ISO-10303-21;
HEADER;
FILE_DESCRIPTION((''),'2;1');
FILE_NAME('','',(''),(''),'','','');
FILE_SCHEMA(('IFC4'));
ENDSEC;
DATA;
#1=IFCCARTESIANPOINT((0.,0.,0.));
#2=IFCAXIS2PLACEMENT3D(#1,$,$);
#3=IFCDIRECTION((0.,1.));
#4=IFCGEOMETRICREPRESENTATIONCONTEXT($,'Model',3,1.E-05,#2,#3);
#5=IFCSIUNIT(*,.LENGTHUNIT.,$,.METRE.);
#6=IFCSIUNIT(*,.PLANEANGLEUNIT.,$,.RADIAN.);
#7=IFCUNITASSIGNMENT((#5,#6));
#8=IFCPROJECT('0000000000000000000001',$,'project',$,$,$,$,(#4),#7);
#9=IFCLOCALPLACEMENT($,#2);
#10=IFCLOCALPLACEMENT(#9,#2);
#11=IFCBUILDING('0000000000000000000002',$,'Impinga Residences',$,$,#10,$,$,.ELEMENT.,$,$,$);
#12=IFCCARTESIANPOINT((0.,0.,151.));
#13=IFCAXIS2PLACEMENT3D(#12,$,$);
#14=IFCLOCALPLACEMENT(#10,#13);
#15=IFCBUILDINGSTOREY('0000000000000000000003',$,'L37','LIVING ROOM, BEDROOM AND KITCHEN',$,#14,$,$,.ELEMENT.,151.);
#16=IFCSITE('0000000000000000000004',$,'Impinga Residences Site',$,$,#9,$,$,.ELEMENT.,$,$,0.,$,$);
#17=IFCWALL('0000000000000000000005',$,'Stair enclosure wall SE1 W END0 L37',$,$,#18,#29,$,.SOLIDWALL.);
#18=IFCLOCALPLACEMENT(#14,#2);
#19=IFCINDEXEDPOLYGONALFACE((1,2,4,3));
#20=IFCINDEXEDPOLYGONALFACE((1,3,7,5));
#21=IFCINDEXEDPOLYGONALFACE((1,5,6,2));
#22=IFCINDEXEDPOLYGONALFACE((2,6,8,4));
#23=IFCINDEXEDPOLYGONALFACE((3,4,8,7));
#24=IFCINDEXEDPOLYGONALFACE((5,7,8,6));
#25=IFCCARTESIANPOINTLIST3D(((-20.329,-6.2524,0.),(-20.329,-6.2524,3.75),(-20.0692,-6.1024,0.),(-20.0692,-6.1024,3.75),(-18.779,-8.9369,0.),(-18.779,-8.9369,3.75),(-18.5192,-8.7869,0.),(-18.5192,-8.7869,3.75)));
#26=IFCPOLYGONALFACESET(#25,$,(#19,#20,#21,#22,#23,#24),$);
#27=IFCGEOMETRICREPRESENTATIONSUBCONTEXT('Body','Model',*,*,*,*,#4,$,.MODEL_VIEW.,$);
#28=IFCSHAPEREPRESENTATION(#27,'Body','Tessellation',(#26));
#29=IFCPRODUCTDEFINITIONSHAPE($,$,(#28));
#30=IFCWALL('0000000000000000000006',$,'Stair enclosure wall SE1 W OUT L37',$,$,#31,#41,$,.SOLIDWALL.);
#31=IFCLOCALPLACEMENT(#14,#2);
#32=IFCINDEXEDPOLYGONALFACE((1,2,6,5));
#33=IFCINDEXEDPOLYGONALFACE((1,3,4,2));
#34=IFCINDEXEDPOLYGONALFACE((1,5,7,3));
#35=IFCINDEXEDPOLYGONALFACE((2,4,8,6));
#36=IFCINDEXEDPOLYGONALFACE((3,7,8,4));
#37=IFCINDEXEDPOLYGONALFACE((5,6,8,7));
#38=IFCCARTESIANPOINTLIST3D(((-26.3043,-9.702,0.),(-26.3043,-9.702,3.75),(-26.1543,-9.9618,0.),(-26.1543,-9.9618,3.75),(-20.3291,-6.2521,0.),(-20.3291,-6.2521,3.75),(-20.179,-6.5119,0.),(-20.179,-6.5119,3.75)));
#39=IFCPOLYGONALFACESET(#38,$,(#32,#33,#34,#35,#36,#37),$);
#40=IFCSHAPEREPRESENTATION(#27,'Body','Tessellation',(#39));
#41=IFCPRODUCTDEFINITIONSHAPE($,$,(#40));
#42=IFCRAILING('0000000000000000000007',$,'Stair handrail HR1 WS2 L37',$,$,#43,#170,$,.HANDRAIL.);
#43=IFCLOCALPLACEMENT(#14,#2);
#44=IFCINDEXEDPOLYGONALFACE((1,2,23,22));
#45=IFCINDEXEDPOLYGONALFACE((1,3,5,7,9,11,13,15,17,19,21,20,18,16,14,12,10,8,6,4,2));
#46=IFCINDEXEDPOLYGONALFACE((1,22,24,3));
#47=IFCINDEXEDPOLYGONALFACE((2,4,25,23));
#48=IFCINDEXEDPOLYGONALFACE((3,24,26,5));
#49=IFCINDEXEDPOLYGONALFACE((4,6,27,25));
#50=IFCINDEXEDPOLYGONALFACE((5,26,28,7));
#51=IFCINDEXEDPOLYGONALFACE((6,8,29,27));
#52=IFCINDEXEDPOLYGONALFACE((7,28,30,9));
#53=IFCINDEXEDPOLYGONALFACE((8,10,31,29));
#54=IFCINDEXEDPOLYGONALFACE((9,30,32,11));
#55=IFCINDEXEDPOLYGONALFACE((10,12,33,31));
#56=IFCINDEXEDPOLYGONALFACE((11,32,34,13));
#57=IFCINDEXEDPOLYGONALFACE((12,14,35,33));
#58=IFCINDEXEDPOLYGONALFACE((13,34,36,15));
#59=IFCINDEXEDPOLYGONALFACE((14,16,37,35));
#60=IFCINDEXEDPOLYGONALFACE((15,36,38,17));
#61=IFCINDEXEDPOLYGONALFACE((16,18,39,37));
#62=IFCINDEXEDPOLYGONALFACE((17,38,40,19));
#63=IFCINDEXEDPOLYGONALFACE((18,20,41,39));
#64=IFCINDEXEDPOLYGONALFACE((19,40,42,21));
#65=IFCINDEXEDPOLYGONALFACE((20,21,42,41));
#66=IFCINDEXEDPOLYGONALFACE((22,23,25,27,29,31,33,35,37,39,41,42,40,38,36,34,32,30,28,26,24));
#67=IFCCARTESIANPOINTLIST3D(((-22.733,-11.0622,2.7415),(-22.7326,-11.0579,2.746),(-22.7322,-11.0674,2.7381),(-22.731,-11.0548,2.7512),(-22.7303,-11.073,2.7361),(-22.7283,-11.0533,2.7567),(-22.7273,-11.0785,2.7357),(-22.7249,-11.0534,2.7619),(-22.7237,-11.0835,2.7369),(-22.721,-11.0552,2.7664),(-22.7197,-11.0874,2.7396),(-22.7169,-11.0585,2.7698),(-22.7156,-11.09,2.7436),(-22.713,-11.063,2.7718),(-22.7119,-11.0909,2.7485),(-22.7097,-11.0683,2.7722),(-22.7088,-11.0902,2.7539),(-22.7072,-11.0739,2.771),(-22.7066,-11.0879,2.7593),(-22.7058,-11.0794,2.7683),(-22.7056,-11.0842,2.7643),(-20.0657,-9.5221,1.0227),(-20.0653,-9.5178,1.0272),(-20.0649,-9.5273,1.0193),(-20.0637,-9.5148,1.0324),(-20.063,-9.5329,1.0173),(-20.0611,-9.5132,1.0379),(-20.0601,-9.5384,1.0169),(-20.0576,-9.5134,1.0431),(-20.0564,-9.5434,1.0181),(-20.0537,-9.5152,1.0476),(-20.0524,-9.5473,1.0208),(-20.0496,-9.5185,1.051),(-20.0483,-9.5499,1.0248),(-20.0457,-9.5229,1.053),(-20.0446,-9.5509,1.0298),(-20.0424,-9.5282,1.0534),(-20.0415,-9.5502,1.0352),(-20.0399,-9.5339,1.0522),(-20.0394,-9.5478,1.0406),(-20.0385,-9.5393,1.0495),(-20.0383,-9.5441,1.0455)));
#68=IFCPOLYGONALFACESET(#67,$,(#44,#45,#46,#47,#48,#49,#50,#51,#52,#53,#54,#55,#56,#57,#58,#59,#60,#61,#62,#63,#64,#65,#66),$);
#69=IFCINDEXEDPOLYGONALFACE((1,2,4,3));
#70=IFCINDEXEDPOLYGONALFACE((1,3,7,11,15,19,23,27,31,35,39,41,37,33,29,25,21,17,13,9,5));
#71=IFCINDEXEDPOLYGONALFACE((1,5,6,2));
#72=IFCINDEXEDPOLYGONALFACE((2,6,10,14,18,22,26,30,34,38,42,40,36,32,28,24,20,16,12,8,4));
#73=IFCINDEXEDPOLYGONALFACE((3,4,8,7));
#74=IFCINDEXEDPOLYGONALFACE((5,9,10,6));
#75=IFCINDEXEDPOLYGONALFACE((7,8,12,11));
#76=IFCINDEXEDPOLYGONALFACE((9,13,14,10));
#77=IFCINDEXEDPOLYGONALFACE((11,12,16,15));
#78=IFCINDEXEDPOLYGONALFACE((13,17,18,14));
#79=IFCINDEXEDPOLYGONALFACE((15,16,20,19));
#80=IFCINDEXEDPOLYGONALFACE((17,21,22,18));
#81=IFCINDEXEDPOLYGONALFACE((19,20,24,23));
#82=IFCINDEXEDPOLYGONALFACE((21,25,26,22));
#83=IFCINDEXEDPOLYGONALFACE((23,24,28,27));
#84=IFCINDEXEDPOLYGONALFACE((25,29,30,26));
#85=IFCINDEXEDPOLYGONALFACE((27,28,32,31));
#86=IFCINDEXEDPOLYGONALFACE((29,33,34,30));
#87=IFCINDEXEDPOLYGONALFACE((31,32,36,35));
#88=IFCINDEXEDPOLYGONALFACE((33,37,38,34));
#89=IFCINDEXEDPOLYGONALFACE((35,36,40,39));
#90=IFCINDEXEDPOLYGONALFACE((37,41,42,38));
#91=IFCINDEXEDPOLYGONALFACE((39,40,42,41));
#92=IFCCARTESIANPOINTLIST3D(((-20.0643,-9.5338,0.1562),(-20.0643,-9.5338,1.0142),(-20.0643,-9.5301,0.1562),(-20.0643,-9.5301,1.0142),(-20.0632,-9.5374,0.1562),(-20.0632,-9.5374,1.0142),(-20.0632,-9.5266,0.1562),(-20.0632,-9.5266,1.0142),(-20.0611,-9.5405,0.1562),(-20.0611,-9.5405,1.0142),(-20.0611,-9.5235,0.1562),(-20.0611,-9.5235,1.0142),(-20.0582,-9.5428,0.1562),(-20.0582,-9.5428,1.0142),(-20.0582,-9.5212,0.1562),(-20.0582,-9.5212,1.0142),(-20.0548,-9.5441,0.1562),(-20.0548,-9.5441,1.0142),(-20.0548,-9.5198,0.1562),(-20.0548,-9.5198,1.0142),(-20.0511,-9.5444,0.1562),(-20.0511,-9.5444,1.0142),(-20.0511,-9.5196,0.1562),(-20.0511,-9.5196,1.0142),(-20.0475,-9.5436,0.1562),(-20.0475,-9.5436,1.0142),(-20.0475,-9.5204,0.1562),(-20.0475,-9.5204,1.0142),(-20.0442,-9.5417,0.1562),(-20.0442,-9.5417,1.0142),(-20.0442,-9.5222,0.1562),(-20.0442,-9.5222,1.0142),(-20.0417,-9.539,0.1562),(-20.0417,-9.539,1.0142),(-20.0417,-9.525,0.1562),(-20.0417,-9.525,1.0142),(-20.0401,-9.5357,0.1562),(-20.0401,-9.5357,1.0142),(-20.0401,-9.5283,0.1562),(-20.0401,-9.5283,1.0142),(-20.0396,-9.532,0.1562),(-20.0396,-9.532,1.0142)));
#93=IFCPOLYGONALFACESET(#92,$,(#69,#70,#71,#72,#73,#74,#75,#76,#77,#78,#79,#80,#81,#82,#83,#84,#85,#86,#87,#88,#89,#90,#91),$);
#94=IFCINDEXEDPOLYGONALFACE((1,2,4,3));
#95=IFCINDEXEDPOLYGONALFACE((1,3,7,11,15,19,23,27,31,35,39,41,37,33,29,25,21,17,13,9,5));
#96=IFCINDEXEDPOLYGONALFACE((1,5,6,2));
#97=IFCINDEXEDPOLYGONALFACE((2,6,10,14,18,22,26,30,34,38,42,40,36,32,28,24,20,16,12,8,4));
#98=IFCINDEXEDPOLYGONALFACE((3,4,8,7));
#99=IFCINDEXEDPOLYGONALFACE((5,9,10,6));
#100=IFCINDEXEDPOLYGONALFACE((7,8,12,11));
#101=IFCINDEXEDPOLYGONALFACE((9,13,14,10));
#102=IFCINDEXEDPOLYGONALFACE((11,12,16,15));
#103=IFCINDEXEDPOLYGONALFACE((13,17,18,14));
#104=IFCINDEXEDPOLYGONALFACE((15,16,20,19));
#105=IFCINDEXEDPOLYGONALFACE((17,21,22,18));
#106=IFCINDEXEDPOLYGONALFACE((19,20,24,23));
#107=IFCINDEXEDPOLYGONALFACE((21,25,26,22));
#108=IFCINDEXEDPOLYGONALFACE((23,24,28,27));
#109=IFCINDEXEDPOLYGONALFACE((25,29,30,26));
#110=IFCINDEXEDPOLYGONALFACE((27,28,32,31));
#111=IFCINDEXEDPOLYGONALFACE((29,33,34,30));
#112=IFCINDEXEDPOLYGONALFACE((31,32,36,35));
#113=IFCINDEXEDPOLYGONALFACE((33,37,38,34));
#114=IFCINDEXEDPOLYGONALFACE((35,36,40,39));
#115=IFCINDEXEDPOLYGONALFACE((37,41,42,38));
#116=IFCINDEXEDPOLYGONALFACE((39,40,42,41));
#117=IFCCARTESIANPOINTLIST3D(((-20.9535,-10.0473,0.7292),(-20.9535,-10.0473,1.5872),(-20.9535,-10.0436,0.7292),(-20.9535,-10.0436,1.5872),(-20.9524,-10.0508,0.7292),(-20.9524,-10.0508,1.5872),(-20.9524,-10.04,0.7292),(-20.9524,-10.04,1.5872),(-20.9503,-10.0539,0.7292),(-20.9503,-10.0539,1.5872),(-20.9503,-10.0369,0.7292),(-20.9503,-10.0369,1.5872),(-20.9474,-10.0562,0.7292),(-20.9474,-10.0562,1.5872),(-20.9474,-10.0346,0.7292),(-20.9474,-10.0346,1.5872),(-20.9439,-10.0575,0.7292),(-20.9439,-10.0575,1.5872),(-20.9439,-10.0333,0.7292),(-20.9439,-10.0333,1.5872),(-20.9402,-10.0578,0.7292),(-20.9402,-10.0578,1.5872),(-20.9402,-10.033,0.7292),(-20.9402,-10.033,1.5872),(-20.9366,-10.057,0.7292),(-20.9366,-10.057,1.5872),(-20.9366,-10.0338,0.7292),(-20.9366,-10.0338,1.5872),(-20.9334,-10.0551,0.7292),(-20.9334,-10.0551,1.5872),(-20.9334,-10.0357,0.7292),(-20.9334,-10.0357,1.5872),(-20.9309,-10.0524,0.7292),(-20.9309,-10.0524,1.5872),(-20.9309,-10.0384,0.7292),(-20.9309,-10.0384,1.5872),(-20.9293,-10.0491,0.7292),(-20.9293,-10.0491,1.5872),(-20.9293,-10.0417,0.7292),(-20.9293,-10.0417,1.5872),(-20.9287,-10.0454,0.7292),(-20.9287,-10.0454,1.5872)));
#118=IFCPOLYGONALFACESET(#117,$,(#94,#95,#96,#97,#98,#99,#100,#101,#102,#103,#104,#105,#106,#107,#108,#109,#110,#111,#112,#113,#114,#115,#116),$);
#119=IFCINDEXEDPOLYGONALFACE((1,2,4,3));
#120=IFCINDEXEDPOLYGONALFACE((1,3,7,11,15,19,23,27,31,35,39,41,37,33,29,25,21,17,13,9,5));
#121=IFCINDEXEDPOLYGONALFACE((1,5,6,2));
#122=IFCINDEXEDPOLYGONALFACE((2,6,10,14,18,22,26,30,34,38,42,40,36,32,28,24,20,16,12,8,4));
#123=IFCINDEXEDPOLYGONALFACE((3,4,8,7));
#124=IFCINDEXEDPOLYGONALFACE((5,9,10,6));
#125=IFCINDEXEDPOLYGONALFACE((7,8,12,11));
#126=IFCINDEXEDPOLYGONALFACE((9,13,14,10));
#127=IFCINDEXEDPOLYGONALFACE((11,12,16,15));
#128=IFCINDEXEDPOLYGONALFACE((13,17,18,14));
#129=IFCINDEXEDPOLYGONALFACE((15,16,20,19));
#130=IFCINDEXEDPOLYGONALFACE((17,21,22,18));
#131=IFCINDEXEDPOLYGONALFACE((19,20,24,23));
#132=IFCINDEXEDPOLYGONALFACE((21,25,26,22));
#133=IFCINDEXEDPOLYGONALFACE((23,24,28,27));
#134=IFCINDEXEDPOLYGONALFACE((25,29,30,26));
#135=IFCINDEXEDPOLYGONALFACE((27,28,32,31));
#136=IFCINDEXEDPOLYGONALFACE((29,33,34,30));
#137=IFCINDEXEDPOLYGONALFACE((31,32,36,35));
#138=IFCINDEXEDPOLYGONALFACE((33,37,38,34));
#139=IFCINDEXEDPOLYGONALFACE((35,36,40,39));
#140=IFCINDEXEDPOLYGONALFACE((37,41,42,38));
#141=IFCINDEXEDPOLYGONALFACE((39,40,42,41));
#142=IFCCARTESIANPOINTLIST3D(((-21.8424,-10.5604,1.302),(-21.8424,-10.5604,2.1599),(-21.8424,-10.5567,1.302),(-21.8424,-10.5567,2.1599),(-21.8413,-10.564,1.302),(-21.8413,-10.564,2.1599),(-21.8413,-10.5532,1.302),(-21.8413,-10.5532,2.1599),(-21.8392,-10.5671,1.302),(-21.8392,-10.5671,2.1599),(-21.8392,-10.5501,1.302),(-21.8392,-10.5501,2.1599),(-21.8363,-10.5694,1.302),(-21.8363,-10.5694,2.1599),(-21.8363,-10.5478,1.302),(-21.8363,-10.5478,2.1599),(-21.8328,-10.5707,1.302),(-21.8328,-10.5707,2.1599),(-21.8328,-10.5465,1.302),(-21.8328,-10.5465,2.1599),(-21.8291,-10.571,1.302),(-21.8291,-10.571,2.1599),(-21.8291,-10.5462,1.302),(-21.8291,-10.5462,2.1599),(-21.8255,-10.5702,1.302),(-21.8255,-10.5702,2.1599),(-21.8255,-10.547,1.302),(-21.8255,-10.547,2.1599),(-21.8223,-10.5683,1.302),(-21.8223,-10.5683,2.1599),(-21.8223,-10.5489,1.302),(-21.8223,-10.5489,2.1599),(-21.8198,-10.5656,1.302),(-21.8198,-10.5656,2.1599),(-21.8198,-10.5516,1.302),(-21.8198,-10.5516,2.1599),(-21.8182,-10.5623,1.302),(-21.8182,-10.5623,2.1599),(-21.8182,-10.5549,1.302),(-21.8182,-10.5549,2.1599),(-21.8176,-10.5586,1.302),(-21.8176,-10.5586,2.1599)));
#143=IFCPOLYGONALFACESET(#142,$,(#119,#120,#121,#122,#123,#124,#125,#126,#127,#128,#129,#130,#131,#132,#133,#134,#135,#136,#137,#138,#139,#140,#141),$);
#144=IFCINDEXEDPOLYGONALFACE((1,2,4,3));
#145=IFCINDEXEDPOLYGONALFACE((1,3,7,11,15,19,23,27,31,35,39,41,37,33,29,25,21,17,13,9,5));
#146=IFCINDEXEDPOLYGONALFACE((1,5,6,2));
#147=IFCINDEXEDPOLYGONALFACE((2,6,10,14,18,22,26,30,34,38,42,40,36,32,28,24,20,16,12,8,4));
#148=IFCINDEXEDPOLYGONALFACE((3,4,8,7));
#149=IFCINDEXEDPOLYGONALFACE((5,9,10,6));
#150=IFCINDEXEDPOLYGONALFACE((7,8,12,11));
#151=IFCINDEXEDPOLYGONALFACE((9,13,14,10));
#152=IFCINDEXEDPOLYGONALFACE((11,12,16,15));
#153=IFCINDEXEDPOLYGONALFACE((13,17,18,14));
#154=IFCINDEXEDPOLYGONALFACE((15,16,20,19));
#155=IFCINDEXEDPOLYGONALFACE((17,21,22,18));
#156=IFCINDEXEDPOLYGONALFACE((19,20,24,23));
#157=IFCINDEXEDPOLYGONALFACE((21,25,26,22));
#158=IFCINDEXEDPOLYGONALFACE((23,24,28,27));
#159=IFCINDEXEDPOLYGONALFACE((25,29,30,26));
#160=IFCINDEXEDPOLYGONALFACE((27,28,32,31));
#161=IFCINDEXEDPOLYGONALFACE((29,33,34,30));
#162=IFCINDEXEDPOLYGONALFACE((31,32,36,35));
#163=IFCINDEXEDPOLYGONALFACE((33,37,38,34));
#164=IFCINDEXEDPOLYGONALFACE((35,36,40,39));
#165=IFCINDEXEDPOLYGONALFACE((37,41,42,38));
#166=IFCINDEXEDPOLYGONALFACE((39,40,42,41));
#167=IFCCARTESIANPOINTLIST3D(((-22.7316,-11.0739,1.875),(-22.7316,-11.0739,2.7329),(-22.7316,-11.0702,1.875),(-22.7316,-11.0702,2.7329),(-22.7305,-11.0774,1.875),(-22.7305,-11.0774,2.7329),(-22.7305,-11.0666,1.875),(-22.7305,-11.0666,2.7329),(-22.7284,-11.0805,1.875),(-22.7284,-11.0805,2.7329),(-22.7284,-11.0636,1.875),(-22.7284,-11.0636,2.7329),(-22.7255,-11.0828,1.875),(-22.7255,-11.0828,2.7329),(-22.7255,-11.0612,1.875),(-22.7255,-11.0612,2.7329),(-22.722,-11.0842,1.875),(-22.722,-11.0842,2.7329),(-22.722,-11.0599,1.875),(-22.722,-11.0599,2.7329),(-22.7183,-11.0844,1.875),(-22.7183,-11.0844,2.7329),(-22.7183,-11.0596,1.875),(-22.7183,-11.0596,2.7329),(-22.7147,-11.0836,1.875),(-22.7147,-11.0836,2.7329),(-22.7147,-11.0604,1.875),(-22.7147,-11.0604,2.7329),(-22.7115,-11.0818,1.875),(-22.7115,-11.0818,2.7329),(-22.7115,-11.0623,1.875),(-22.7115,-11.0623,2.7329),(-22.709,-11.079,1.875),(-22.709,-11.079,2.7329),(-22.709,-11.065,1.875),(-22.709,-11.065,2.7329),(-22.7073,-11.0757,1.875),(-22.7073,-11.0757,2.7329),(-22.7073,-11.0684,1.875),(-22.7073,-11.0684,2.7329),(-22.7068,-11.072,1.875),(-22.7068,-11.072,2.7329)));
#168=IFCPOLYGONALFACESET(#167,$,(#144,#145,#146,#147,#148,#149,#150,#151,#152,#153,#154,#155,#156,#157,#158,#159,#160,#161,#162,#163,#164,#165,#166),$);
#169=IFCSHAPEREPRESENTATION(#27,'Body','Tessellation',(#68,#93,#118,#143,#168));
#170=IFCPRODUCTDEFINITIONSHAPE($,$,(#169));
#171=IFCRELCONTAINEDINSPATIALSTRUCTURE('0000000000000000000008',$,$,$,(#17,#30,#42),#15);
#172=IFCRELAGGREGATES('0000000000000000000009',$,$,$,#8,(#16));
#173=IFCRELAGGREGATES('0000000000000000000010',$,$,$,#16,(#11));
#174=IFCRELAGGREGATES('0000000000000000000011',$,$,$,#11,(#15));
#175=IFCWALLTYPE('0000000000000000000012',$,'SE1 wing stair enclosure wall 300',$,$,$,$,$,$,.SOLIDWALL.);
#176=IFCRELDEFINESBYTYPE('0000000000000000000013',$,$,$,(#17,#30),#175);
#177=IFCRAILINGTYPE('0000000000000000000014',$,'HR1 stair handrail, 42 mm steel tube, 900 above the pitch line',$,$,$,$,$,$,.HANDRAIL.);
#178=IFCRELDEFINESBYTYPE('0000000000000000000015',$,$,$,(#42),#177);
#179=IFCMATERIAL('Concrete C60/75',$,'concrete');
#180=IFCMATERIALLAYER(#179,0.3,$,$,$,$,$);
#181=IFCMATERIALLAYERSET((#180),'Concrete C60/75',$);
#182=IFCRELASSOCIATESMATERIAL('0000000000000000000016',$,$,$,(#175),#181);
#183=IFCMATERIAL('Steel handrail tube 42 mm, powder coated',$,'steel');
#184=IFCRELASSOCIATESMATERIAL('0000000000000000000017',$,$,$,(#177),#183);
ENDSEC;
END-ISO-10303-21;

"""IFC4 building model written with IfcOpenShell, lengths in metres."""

from ifc_helpers import new_model, si_unit, direction, frame, frame_2d, origin, origin_2d, place, context, subcontext, project, spatial, rectangle, circle, extrude, material, layer, layer_set, type_object, element, save


model = new_model("IFC4")

# Units and contexts
model_context = context("Model", 3, precision=1e-05, world=origin(), true_north=direction((0.0, 1.0)))
body_context = subcontext(model_context, "Body", "Model", "MODEL_VIEW")
ifc_project = project(units=[si_unit("LENGTHUNIT", "METRE"), si_unit("PLANEANGLEUNIT", "RADIAN")], contexts=[model_context])

# Site, building, storey
site_placement = place(None, origin())
site = spatial("IfcSite", under=ifc_project, at=site_placement, Name="Impinga Residences Site", CompositionType="ELEMENT", RefElevation=0.0)
building_placement = place(site_placement, origin())
building = spatial("IfcBuilding", under=site, at=building_placement, Name="Impinga Residences", CompositionType="ELEMENT")
storey_placement = place(building_placement, frame((0.0, 0.0, 151.0)))
storey = spatial("IfcBuildingStorey", under=building, at=storey_placement, Name="L37", Description="LIVING ROOM, BEDROOM AND KITCHEN", CompositionType="ELEMENT", Elevation=151.0)

# Shared definitions
ifc_material_1 = material(Name="Concrete C60/75", Category="concrete")

# Walls
ifc_layer_1 = layer(ifc_material_1, 0.3)
ifc_layer_set_1 = layer_set([ifc_layer_1], Name="Concrete C60/75")
wall_type_1 = type_object("IfcWallType", Name="SE1 wing stair enclosure wall 300", PredefinedType="SOLIDWALL", material=ifc_layer_set_1)
wall_1_placement = place(storey_placement, frame((-18.6492, -8.8618, 0.0), z_axis=(0.0, 0.0, 1.0), x_axis=(-0.500027, 0.86601, 0.0)))
element("IfcWall", 1, at=wall_1_placement, inside=storey, type_object=wall_type_1, Name="Stair enclosure wall SE1 W END0 L37", PredefinedType="SOLIDWALL", context=body_context, shape_type="SweptSolid", body=[
    extrude(rectangle(XDim=3.0999, YDim=0.3, at=frame_2d((1.5498, 0.0))), origin(), (0.0, 0.0, 1.0), 3.75),
])
wall_2_placement = place(storey_placement, frame((-20.2542, -6.3821, 0.0), z_axis=(0.0, 0.0, 1.0), x_axis=(-0.86602, -0.500009, 0.0)))
element("IfcWall", 2, at=wall_2_placement, inside=storey, type_object=wall_type_1, Name="Stair enclosure wall SE1 W OUT L37", PredefinedType="SOLIDWALL", context=body_context, shape_type="SweptSolid", body=[
    extrude(rectangle(XDim=6.8997, YDim=0.3, at=frame_2d((3.4497, 0.0))), origin(), (0.0, 0.0, 1.0), 3.75),
])

# Railing
ifc_material_2 = material(Name="Steel handrail tube 42 mm, powder coated", Category="steel")
railing_type = type_object("IfcRailingType", Name="HR1 stair handrail, 42 mm steel tube, 900 above the pitch line", PredefinedType="HANDRAIL", material=ifc_material_2)
railing_placement = place(storey_placement, frame((-20.052, -9.532, 0.1562)))
element("IfcRailing", 3, at=railing_placement, inside=storey, type_object=railing_type, Name="Stair handrail HR1 WS2 L37", PredefinedType="HANDRAIL", context=body_context, shape_type="SweptSolid", body=[
    extrude(circle(Radius=0.021, at=origin_2d()), frame((0.0, 0.0, 0.8789), z_axis=(-0.756226, -0.436639, 0.487307), x_axis=(0.500027, -0.86601, 0.0)), (0.0, 0.0, 1.0), 3.5271),
    extrude(circle(Radius=0.0125, at=origin_2d()), origin(), (0.0, 0.0, 1.0), 0.8579),
    extrude(circle(Radius=0.0125, at=origin_2d()), frame((-0.8892, -0.5134, 0.573)), (0.0, 0.0, 1.0), 0.8579),
    extrude(circle(Radius=0.0125, at=origin_2d()), frame((-1.7781, -1.0266, 1.1458)), (0.0, 0.0, 1.0), 0.8579),
    extrude(circle(Radius=0.0125, at=origin_2d()), frame((-2.6672, -1.54, 1.7188)), (0.0, 0.0, 1.0), 0.8579),
])

save(model, "model.ifc")
